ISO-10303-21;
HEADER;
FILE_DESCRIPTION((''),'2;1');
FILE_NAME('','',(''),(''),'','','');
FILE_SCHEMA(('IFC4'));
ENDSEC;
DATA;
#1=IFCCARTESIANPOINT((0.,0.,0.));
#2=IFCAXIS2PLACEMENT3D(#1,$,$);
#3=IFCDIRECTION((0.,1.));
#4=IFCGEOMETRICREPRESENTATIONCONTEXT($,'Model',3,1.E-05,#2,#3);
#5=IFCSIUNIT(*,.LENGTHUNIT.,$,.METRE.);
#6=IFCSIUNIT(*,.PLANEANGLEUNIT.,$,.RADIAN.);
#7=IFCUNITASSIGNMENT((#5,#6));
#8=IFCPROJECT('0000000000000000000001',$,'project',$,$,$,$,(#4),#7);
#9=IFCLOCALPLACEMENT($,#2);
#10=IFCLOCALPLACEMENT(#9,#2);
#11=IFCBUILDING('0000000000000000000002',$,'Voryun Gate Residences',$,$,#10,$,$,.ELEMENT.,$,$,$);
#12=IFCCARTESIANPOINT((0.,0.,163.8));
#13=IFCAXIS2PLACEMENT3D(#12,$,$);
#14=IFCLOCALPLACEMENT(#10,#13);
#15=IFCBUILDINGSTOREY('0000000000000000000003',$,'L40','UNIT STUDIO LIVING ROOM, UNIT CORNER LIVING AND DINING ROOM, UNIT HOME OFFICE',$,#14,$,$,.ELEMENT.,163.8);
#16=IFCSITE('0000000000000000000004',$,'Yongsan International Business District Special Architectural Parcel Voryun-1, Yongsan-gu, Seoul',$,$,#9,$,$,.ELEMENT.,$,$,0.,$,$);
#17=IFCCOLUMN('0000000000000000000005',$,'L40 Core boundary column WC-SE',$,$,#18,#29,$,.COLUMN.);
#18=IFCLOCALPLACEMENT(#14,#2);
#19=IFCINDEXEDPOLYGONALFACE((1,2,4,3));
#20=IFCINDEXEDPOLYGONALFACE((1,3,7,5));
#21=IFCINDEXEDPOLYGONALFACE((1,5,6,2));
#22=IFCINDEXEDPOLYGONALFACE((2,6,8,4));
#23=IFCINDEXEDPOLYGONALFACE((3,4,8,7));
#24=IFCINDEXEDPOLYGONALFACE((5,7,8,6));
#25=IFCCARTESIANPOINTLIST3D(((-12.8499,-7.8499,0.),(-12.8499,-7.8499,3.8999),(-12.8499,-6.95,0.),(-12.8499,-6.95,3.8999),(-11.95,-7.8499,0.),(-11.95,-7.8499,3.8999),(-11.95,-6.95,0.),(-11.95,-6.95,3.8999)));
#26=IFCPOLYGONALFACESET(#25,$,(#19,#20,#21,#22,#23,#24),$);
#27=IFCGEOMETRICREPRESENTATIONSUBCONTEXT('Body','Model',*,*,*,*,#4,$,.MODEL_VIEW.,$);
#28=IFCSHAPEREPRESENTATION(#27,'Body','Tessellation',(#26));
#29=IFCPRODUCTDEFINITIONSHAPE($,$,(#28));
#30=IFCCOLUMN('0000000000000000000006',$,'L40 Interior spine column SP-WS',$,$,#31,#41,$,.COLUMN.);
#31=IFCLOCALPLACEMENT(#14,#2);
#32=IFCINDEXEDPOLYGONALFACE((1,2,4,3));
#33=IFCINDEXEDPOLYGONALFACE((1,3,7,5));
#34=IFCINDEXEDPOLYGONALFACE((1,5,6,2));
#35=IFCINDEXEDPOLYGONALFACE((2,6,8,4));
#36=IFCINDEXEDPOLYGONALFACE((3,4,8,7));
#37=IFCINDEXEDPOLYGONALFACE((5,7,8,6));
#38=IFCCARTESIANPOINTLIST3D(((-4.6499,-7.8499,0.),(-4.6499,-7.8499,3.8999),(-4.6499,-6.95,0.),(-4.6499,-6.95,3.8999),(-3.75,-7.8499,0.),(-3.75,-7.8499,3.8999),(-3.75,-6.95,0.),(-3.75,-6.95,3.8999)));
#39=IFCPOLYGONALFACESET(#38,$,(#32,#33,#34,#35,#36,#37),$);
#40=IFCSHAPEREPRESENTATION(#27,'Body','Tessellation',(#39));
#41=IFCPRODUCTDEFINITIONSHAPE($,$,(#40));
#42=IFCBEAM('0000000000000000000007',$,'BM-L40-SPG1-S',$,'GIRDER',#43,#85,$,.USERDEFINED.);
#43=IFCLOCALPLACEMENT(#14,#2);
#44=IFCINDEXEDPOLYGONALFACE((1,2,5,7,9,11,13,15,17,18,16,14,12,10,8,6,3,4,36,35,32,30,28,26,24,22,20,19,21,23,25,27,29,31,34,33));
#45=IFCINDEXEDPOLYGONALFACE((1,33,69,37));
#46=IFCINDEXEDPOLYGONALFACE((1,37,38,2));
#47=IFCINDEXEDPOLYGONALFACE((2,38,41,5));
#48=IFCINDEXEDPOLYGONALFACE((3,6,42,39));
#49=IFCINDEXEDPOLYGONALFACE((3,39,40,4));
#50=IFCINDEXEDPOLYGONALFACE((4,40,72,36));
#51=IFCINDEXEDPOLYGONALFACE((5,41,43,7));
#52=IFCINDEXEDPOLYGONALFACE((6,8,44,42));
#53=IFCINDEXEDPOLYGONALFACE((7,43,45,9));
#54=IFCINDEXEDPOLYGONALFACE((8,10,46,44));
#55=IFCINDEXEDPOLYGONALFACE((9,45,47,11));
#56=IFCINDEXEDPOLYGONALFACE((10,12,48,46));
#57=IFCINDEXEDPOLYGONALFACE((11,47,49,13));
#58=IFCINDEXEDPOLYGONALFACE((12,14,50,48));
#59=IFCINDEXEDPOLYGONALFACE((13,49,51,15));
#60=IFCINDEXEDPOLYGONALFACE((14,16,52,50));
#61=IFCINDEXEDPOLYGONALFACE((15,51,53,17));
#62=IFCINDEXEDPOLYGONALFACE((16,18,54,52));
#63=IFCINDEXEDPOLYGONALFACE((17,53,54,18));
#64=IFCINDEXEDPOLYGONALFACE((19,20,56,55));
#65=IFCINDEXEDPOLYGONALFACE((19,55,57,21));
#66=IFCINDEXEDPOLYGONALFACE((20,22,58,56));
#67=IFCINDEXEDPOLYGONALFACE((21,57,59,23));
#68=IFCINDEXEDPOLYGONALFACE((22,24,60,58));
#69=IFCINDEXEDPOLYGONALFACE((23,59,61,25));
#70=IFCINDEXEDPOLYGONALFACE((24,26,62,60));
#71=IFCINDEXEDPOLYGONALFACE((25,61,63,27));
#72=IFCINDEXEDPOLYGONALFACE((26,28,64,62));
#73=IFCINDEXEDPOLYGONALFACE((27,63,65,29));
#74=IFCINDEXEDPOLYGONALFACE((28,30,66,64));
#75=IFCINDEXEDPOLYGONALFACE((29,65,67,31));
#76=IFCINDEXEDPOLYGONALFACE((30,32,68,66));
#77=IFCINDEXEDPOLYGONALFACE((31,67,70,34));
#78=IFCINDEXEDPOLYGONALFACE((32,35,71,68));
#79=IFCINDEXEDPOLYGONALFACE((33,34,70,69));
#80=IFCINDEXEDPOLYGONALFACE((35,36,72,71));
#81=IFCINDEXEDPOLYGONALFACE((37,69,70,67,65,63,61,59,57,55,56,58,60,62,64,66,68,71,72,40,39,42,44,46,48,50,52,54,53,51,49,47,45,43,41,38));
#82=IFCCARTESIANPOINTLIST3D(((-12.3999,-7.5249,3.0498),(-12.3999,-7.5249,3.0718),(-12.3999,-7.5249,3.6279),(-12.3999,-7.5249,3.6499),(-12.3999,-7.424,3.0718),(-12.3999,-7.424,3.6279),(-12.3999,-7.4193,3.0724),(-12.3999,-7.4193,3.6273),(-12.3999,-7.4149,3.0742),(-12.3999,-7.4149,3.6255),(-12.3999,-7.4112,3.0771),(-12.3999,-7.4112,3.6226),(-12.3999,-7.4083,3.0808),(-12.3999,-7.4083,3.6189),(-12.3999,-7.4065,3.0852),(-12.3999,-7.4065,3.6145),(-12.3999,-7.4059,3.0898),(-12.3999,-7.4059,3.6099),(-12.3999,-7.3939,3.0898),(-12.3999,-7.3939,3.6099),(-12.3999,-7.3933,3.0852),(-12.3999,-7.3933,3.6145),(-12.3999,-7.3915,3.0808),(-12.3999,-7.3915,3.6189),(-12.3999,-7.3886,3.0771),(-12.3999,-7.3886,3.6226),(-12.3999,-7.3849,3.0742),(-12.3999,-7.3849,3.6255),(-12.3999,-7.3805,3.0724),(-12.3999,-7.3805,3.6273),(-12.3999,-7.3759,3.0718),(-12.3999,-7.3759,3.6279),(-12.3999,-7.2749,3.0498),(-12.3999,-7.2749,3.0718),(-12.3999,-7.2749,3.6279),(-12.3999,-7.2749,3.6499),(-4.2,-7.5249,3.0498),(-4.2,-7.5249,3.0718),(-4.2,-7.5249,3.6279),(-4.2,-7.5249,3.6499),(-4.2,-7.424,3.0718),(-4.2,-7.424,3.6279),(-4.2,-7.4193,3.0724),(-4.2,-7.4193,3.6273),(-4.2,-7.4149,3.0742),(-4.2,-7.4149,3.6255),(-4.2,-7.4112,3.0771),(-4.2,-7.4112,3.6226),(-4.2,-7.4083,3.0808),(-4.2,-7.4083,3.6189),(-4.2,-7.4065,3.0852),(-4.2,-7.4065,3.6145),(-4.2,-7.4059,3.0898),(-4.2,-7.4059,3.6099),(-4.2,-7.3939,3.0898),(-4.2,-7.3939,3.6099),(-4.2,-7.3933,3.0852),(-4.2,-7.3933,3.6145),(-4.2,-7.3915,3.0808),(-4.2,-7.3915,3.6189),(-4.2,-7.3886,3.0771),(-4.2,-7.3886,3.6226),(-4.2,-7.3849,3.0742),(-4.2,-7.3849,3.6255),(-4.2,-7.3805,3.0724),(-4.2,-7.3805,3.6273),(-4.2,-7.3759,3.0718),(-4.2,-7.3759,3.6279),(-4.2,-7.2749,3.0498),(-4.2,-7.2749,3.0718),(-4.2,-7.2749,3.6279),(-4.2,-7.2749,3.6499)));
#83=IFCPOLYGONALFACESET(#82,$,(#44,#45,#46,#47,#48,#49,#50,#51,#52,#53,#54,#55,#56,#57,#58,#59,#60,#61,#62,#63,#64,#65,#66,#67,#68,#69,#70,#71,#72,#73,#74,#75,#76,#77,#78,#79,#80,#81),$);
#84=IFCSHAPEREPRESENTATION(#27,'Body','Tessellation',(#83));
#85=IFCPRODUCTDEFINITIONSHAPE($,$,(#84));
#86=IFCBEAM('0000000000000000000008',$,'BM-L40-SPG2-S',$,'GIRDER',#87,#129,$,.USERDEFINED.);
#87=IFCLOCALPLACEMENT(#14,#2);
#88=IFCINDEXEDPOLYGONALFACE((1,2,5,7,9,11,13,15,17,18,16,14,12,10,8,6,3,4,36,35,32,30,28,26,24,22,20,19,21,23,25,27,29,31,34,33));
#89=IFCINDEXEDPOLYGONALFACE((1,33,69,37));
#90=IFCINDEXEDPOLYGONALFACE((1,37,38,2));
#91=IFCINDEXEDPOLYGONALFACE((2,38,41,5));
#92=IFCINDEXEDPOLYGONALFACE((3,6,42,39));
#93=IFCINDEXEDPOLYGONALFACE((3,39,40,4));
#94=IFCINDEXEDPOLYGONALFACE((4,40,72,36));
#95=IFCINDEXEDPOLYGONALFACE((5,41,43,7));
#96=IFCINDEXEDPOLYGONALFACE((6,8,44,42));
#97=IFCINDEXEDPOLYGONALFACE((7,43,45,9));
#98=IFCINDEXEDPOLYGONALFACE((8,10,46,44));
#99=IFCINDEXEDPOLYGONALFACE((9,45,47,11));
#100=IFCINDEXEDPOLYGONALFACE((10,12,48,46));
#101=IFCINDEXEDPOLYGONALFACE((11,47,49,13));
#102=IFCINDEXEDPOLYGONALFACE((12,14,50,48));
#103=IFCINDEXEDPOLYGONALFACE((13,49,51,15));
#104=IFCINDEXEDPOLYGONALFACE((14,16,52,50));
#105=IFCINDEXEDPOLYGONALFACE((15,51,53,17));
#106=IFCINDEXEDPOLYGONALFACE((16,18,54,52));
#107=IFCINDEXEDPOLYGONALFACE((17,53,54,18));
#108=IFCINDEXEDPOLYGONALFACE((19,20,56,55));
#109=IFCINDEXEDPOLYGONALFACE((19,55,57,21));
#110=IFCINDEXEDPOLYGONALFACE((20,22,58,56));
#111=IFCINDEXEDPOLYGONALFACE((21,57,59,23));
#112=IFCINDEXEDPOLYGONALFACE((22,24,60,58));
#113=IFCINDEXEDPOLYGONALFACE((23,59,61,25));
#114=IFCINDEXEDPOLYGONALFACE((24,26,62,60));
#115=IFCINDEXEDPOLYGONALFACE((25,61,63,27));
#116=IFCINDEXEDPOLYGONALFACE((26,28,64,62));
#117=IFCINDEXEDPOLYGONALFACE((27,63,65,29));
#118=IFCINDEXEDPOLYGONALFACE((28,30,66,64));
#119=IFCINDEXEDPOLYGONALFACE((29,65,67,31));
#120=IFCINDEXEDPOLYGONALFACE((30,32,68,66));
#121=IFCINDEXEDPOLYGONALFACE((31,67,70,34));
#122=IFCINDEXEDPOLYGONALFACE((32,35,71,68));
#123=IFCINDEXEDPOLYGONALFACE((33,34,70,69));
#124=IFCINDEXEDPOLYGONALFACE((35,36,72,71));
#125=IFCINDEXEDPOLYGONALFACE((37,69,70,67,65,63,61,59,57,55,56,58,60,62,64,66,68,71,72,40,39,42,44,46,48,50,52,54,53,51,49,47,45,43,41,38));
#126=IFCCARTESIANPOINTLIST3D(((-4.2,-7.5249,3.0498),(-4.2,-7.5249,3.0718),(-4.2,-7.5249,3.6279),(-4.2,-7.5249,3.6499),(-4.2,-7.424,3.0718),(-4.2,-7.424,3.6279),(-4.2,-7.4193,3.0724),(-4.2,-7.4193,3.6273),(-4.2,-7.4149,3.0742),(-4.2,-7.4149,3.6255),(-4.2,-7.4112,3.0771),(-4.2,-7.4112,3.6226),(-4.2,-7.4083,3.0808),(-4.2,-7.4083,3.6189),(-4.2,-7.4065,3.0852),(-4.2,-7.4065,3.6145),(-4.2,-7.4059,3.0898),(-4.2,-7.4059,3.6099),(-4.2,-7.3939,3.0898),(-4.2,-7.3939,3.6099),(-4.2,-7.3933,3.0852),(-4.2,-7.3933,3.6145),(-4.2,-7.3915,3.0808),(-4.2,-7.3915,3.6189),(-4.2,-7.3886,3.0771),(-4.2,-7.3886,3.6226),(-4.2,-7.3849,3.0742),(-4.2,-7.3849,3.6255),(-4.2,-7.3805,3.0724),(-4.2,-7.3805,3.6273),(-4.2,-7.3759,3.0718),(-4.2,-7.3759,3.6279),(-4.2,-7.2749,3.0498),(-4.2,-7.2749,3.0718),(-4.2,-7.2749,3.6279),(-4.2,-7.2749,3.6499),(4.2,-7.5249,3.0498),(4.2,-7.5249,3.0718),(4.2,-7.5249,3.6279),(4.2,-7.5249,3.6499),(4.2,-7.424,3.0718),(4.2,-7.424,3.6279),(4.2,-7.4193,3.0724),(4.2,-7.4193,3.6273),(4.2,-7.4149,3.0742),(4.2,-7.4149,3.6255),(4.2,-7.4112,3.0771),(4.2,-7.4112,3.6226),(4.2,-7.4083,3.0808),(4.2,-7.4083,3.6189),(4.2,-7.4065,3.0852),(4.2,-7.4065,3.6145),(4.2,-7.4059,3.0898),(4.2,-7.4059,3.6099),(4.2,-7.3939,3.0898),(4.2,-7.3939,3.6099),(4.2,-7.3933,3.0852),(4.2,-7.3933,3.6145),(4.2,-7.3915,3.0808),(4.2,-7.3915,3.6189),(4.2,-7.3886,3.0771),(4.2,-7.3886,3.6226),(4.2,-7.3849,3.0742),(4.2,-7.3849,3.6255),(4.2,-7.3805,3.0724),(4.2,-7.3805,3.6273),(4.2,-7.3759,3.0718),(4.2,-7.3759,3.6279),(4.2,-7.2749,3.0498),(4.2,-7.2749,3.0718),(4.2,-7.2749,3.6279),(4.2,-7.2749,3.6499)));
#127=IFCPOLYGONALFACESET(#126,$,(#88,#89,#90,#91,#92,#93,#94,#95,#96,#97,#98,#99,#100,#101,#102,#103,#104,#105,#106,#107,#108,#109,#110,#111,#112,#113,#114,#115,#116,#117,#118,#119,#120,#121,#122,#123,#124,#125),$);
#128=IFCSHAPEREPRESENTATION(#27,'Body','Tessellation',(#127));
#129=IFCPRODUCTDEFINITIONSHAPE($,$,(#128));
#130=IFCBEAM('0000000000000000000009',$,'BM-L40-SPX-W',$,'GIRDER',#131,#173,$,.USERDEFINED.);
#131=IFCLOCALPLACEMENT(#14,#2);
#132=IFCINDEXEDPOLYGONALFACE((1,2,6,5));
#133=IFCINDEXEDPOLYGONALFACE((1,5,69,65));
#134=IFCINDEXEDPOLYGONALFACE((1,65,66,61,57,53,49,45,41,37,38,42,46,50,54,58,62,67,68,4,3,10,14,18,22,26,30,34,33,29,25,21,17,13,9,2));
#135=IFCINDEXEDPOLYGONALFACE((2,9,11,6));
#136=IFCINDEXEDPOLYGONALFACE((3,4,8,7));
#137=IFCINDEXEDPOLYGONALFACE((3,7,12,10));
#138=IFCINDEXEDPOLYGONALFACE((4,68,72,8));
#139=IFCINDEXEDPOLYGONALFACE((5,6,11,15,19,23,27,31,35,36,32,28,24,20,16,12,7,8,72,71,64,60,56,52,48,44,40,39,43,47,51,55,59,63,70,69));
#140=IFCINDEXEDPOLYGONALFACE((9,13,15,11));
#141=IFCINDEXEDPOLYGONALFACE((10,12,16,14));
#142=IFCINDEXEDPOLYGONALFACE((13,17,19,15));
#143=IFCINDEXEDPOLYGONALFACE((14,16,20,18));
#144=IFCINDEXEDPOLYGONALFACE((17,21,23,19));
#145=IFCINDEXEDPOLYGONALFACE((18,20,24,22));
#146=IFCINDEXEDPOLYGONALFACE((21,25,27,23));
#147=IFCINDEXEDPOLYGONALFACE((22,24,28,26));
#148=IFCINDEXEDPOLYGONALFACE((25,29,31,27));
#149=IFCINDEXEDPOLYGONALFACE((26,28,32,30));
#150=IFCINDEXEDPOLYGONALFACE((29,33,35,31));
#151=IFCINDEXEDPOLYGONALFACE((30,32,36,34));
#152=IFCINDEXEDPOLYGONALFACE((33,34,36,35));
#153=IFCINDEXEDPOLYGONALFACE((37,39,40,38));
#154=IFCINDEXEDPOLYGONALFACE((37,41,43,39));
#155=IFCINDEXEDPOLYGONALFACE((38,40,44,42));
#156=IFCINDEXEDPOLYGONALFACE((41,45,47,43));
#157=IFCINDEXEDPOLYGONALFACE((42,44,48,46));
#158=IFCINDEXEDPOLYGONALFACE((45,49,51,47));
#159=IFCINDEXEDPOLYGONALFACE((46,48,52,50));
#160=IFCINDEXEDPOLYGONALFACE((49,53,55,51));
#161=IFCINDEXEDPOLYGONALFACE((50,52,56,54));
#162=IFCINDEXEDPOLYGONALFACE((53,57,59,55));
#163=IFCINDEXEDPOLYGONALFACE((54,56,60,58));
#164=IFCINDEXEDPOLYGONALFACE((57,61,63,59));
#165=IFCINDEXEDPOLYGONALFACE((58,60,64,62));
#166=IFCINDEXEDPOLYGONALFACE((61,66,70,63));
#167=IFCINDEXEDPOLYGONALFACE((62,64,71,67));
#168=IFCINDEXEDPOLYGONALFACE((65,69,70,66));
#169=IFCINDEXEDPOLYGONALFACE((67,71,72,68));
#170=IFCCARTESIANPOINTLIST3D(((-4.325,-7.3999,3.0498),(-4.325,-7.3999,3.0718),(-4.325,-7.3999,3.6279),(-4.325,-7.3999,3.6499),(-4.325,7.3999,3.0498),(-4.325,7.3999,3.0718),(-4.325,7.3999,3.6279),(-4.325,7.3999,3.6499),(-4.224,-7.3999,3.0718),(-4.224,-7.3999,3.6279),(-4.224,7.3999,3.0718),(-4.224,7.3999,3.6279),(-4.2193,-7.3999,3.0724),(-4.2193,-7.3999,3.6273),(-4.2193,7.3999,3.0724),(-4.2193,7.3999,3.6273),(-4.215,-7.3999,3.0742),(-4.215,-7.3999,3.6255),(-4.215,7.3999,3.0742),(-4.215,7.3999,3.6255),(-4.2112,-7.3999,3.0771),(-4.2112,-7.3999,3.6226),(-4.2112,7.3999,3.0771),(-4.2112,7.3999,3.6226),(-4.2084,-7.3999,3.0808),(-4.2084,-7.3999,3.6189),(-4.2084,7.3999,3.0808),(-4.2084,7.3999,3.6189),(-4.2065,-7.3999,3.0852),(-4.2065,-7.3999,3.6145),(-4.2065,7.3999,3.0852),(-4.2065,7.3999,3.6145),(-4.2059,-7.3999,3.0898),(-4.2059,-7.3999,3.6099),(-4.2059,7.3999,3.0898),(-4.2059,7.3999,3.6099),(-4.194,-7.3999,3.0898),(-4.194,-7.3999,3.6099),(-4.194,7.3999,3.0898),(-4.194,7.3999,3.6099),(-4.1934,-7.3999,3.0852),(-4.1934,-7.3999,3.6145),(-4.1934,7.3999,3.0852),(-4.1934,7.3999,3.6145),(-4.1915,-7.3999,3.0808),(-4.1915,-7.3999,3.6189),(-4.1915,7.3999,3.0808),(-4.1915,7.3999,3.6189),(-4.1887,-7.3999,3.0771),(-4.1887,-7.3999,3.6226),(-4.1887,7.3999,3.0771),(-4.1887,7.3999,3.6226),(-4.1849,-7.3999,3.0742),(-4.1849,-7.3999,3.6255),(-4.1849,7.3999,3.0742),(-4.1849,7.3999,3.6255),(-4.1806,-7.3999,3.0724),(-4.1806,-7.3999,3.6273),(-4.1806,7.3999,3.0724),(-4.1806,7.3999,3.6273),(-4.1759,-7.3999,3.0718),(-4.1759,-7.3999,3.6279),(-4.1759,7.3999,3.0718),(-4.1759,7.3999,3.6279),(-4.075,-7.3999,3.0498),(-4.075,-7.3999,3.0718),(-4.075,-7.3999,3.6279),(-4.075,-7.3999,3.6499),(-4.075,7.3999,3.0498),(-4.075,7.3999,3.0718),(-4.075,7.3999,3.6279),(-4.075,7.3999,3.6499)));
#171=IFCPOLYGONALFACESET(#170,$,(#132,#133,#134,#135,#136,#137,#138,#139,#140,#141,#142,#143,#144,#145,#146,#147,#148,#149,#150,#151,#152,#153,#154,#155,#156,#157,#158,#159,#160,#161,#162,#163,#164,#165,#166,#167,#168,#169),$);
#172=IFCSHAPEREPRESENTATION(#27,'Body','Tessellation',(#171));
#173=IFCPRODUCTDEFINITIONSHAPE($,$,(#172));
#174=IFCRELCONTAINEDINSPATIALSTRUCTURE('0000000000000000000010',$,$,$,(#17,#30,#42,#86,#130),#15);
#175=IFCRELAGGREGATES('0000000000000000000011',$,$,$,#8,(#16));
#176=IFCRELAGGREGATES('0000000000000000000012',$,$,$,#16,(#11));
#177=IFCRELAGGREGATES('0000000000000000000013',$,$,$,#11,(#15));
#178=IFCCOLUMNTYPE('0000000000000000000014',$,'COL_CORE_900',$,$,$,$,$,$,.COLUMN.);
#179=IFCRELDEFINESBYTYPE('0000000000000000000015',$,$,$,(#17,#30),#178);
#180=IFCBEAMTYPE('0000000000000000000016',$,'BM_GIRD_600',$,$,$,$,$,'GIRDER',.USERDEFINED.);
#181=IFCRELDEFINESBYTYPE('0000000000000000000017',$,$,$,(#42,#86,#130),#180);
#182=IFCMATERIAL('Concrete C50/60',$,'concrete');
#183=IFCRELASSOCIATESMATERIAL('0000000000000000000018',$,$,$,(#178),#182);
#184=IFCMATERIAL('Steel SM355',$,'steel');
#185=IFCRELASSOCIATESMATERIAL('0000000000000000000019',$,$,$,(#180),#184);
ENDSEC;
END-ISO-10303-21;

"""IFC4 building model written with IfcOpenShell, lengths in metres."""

from ifc_helpers import new_model, si_unit, direction, frame, origin, origin_2d, place, context, subcontext, project, spatial, rectangle, i_section, extrude, material, material_profile, profile_set, type_object, element, save


model = new_model("IFC4")

# Units and contexts
model_context = context("Model", 3, precision=1e-05, world=origin(), true_north=direction((0.0, 1.0)))
body_context = subcontext(model_context, "Body", "Model", "MODEL_VIEW")
ifc_project = project(units=[si_unit("LENGTHUNIT", "METRE"), si_unit("PLANEANGLEUNIT", "RADIAN")], contexts=[model_context])

# Site, building, storey
site_placement = place(None, origin())
site = spatial("IfcSite", under=ifc_project, at=site_placement, Name="Yongsan International Business District Special Architectural Parcel Voryun-1, Yongsan-gu, Seoul", CompositionType="ELEMENT", RefElevation=0.0)
building_placement = place(site_placement, origin())
building = spatial("IfcBuilding", under=site, at=building_placement, Name="Voryun Gate Residences", CompositionType="ELEMENT")
storey_placement = place(building_placement, frame((0.0, 0.0, 163.8)))
storey = spatial("IfcBuildingStorey", under=building, at=storey_placement, Name="L40", Description="UNIT STUDIO LIVING ROOM, UNIT CORNER LIVING AND DINING ROOM, UNIT HOME OFFICE", CompositionType="ELEMENT", Elevation=163.8)

# Columns
ifc_material_1 = material(Name="Concrete C50/60", Category="concrete")
ifc_material_profile_1 = material_profile(ifc_material_1, rectangle(XDim=0.8999, YDim=0.8999, at=origin_2d()), Name="RC-900x900")
ifc_profile_set_1 = profile_set([ifc_material_profile_1], Name="Concrete C50/60")
column_type = type_object("IfcColumnType", Name="COL_CORE_900", PredefinedType="COLUMN", material=ifc_profile_set_1)
for number, where, z_axis, x_axis, name in (
    (1, (-12.3999, -7.3999, 0.0), (0.0, 0.0, 1.0), (1.0, 0.0, 0.0), "L40 Core boundary column WC-SE"),
    (2, (-4.2, -7.3999, 0.0), (0.0, 0.0, 1.0), (1.0, 0.0, 0.0), "L40 Interior spine column SP-WS"),
):
    element("IfcColumn", number, at=place(storey_placement, frame(where, z_axis=z_axis, x_axis=x_axis)), inside=storey, type_object=column_type, Name=name, PredefinedType="COLUMN", context=body_context, shape_type="SweptSolid", body=[
        extrude(rectangle(XDim=0.8999, YDim=0.8999, at=origin_2d()), origin(), (0.0, 0.0, 1.0), 3.8999),
    ])

# Beams
ifc_material_2 = material(Name="Steel SM355", Category="steel")
ifc_material_profile_2 = material_profile(ifc_material_2, i_section(OverallWidth=0.25, OverallDepth=0.6001, WebThickness=0.012, FlangeThickness=0.022, FilletRadius=0.0181, at=origin_2d()), Name="H-600x250x12x22")
ifc_profile_set_2 = profile_set([ifc_material_profile_2], Name="Steel SM355")
beam_type_1 = type_object("IfcBeamType", Name="BM_GIRD_600", ElementType="GIRDER", PredefinedType="USERDEFINED", material=ifc_profile_set_2)
beam_1_placement = place(storey_placement, frame((-12.3999, -7.3999, 3.3499), z_axis=(1.0, 0.0, 0.0), x_axis=(0.0, 1.0, 0.0)))
element("IfcBeam", 3, at=beam_1_placement, inside=storey, type_object=beam_type_1, Name="BM-L40-SPG1-S", ObjectType="GIRDER", PredefinedType="USERDEFINED", context=body_context, shape_type="SweptSolid", body=[
    extrude(i_section(OverallWidth=0.25, OverallDepth=0.6001, WebThickness=0.012, FlangeThickness=0.022, FilletRadius=0.0181, at=origin_2d()), origin(), (0.0, 0.0, 1.0), 8.2),
])
beam_2_placement = place(storey_placement, frame((-4.2, -7.3999, 3.3499), z_axis=(1.0, 0.0, 0.0), x_axis=(0.0, 1.0, 0.0)))
element("IfcBeam", 4, at=beam_2_placement, inside=storey, type_object=beam_type_1, Name="BM-L40-SPG2-S", ObjectType="GIRDER", PredefinedType="USERDEFINED", context=body_context, shape_type="SweptSolid", body=[
    extrude(i_section(OverallWidth=0.25, OverallDepth=0.6001, WebThickness=0.012, FlangeThickness=0.022, FilletRadius=0.0181, at=origin_2d()), origin(), (0.0, 0.0, 1.0), 8.3999),
])
beam_3_placement = place(storey_placement, frame((-4.2, -7.3999, 3.3499), z_axis=(0.0, 1.0, 0.0), x_axis=(-1.0, 0.0, 0.0)))
element("IfcBeam", 5, at=beam_3_placement, inside=storey, type_object=beam_type_1, Name="BM-L40-SPX-W", ObjectType="GIRDER", PredefinedType="USERDEFINED", context=body_context, shape_type="SweptSolid", body=[
    extrude(i_section(OverallWidth=0.25, OverallDepth=0.6001, WebThickness=0.012, FlangeThickness=0.022, FilletRadius=0.0181, at=origin_2d()), origin(), (0.0, 0.0, 1.0), 14.7998),
])

save(model, "model.ifc")
